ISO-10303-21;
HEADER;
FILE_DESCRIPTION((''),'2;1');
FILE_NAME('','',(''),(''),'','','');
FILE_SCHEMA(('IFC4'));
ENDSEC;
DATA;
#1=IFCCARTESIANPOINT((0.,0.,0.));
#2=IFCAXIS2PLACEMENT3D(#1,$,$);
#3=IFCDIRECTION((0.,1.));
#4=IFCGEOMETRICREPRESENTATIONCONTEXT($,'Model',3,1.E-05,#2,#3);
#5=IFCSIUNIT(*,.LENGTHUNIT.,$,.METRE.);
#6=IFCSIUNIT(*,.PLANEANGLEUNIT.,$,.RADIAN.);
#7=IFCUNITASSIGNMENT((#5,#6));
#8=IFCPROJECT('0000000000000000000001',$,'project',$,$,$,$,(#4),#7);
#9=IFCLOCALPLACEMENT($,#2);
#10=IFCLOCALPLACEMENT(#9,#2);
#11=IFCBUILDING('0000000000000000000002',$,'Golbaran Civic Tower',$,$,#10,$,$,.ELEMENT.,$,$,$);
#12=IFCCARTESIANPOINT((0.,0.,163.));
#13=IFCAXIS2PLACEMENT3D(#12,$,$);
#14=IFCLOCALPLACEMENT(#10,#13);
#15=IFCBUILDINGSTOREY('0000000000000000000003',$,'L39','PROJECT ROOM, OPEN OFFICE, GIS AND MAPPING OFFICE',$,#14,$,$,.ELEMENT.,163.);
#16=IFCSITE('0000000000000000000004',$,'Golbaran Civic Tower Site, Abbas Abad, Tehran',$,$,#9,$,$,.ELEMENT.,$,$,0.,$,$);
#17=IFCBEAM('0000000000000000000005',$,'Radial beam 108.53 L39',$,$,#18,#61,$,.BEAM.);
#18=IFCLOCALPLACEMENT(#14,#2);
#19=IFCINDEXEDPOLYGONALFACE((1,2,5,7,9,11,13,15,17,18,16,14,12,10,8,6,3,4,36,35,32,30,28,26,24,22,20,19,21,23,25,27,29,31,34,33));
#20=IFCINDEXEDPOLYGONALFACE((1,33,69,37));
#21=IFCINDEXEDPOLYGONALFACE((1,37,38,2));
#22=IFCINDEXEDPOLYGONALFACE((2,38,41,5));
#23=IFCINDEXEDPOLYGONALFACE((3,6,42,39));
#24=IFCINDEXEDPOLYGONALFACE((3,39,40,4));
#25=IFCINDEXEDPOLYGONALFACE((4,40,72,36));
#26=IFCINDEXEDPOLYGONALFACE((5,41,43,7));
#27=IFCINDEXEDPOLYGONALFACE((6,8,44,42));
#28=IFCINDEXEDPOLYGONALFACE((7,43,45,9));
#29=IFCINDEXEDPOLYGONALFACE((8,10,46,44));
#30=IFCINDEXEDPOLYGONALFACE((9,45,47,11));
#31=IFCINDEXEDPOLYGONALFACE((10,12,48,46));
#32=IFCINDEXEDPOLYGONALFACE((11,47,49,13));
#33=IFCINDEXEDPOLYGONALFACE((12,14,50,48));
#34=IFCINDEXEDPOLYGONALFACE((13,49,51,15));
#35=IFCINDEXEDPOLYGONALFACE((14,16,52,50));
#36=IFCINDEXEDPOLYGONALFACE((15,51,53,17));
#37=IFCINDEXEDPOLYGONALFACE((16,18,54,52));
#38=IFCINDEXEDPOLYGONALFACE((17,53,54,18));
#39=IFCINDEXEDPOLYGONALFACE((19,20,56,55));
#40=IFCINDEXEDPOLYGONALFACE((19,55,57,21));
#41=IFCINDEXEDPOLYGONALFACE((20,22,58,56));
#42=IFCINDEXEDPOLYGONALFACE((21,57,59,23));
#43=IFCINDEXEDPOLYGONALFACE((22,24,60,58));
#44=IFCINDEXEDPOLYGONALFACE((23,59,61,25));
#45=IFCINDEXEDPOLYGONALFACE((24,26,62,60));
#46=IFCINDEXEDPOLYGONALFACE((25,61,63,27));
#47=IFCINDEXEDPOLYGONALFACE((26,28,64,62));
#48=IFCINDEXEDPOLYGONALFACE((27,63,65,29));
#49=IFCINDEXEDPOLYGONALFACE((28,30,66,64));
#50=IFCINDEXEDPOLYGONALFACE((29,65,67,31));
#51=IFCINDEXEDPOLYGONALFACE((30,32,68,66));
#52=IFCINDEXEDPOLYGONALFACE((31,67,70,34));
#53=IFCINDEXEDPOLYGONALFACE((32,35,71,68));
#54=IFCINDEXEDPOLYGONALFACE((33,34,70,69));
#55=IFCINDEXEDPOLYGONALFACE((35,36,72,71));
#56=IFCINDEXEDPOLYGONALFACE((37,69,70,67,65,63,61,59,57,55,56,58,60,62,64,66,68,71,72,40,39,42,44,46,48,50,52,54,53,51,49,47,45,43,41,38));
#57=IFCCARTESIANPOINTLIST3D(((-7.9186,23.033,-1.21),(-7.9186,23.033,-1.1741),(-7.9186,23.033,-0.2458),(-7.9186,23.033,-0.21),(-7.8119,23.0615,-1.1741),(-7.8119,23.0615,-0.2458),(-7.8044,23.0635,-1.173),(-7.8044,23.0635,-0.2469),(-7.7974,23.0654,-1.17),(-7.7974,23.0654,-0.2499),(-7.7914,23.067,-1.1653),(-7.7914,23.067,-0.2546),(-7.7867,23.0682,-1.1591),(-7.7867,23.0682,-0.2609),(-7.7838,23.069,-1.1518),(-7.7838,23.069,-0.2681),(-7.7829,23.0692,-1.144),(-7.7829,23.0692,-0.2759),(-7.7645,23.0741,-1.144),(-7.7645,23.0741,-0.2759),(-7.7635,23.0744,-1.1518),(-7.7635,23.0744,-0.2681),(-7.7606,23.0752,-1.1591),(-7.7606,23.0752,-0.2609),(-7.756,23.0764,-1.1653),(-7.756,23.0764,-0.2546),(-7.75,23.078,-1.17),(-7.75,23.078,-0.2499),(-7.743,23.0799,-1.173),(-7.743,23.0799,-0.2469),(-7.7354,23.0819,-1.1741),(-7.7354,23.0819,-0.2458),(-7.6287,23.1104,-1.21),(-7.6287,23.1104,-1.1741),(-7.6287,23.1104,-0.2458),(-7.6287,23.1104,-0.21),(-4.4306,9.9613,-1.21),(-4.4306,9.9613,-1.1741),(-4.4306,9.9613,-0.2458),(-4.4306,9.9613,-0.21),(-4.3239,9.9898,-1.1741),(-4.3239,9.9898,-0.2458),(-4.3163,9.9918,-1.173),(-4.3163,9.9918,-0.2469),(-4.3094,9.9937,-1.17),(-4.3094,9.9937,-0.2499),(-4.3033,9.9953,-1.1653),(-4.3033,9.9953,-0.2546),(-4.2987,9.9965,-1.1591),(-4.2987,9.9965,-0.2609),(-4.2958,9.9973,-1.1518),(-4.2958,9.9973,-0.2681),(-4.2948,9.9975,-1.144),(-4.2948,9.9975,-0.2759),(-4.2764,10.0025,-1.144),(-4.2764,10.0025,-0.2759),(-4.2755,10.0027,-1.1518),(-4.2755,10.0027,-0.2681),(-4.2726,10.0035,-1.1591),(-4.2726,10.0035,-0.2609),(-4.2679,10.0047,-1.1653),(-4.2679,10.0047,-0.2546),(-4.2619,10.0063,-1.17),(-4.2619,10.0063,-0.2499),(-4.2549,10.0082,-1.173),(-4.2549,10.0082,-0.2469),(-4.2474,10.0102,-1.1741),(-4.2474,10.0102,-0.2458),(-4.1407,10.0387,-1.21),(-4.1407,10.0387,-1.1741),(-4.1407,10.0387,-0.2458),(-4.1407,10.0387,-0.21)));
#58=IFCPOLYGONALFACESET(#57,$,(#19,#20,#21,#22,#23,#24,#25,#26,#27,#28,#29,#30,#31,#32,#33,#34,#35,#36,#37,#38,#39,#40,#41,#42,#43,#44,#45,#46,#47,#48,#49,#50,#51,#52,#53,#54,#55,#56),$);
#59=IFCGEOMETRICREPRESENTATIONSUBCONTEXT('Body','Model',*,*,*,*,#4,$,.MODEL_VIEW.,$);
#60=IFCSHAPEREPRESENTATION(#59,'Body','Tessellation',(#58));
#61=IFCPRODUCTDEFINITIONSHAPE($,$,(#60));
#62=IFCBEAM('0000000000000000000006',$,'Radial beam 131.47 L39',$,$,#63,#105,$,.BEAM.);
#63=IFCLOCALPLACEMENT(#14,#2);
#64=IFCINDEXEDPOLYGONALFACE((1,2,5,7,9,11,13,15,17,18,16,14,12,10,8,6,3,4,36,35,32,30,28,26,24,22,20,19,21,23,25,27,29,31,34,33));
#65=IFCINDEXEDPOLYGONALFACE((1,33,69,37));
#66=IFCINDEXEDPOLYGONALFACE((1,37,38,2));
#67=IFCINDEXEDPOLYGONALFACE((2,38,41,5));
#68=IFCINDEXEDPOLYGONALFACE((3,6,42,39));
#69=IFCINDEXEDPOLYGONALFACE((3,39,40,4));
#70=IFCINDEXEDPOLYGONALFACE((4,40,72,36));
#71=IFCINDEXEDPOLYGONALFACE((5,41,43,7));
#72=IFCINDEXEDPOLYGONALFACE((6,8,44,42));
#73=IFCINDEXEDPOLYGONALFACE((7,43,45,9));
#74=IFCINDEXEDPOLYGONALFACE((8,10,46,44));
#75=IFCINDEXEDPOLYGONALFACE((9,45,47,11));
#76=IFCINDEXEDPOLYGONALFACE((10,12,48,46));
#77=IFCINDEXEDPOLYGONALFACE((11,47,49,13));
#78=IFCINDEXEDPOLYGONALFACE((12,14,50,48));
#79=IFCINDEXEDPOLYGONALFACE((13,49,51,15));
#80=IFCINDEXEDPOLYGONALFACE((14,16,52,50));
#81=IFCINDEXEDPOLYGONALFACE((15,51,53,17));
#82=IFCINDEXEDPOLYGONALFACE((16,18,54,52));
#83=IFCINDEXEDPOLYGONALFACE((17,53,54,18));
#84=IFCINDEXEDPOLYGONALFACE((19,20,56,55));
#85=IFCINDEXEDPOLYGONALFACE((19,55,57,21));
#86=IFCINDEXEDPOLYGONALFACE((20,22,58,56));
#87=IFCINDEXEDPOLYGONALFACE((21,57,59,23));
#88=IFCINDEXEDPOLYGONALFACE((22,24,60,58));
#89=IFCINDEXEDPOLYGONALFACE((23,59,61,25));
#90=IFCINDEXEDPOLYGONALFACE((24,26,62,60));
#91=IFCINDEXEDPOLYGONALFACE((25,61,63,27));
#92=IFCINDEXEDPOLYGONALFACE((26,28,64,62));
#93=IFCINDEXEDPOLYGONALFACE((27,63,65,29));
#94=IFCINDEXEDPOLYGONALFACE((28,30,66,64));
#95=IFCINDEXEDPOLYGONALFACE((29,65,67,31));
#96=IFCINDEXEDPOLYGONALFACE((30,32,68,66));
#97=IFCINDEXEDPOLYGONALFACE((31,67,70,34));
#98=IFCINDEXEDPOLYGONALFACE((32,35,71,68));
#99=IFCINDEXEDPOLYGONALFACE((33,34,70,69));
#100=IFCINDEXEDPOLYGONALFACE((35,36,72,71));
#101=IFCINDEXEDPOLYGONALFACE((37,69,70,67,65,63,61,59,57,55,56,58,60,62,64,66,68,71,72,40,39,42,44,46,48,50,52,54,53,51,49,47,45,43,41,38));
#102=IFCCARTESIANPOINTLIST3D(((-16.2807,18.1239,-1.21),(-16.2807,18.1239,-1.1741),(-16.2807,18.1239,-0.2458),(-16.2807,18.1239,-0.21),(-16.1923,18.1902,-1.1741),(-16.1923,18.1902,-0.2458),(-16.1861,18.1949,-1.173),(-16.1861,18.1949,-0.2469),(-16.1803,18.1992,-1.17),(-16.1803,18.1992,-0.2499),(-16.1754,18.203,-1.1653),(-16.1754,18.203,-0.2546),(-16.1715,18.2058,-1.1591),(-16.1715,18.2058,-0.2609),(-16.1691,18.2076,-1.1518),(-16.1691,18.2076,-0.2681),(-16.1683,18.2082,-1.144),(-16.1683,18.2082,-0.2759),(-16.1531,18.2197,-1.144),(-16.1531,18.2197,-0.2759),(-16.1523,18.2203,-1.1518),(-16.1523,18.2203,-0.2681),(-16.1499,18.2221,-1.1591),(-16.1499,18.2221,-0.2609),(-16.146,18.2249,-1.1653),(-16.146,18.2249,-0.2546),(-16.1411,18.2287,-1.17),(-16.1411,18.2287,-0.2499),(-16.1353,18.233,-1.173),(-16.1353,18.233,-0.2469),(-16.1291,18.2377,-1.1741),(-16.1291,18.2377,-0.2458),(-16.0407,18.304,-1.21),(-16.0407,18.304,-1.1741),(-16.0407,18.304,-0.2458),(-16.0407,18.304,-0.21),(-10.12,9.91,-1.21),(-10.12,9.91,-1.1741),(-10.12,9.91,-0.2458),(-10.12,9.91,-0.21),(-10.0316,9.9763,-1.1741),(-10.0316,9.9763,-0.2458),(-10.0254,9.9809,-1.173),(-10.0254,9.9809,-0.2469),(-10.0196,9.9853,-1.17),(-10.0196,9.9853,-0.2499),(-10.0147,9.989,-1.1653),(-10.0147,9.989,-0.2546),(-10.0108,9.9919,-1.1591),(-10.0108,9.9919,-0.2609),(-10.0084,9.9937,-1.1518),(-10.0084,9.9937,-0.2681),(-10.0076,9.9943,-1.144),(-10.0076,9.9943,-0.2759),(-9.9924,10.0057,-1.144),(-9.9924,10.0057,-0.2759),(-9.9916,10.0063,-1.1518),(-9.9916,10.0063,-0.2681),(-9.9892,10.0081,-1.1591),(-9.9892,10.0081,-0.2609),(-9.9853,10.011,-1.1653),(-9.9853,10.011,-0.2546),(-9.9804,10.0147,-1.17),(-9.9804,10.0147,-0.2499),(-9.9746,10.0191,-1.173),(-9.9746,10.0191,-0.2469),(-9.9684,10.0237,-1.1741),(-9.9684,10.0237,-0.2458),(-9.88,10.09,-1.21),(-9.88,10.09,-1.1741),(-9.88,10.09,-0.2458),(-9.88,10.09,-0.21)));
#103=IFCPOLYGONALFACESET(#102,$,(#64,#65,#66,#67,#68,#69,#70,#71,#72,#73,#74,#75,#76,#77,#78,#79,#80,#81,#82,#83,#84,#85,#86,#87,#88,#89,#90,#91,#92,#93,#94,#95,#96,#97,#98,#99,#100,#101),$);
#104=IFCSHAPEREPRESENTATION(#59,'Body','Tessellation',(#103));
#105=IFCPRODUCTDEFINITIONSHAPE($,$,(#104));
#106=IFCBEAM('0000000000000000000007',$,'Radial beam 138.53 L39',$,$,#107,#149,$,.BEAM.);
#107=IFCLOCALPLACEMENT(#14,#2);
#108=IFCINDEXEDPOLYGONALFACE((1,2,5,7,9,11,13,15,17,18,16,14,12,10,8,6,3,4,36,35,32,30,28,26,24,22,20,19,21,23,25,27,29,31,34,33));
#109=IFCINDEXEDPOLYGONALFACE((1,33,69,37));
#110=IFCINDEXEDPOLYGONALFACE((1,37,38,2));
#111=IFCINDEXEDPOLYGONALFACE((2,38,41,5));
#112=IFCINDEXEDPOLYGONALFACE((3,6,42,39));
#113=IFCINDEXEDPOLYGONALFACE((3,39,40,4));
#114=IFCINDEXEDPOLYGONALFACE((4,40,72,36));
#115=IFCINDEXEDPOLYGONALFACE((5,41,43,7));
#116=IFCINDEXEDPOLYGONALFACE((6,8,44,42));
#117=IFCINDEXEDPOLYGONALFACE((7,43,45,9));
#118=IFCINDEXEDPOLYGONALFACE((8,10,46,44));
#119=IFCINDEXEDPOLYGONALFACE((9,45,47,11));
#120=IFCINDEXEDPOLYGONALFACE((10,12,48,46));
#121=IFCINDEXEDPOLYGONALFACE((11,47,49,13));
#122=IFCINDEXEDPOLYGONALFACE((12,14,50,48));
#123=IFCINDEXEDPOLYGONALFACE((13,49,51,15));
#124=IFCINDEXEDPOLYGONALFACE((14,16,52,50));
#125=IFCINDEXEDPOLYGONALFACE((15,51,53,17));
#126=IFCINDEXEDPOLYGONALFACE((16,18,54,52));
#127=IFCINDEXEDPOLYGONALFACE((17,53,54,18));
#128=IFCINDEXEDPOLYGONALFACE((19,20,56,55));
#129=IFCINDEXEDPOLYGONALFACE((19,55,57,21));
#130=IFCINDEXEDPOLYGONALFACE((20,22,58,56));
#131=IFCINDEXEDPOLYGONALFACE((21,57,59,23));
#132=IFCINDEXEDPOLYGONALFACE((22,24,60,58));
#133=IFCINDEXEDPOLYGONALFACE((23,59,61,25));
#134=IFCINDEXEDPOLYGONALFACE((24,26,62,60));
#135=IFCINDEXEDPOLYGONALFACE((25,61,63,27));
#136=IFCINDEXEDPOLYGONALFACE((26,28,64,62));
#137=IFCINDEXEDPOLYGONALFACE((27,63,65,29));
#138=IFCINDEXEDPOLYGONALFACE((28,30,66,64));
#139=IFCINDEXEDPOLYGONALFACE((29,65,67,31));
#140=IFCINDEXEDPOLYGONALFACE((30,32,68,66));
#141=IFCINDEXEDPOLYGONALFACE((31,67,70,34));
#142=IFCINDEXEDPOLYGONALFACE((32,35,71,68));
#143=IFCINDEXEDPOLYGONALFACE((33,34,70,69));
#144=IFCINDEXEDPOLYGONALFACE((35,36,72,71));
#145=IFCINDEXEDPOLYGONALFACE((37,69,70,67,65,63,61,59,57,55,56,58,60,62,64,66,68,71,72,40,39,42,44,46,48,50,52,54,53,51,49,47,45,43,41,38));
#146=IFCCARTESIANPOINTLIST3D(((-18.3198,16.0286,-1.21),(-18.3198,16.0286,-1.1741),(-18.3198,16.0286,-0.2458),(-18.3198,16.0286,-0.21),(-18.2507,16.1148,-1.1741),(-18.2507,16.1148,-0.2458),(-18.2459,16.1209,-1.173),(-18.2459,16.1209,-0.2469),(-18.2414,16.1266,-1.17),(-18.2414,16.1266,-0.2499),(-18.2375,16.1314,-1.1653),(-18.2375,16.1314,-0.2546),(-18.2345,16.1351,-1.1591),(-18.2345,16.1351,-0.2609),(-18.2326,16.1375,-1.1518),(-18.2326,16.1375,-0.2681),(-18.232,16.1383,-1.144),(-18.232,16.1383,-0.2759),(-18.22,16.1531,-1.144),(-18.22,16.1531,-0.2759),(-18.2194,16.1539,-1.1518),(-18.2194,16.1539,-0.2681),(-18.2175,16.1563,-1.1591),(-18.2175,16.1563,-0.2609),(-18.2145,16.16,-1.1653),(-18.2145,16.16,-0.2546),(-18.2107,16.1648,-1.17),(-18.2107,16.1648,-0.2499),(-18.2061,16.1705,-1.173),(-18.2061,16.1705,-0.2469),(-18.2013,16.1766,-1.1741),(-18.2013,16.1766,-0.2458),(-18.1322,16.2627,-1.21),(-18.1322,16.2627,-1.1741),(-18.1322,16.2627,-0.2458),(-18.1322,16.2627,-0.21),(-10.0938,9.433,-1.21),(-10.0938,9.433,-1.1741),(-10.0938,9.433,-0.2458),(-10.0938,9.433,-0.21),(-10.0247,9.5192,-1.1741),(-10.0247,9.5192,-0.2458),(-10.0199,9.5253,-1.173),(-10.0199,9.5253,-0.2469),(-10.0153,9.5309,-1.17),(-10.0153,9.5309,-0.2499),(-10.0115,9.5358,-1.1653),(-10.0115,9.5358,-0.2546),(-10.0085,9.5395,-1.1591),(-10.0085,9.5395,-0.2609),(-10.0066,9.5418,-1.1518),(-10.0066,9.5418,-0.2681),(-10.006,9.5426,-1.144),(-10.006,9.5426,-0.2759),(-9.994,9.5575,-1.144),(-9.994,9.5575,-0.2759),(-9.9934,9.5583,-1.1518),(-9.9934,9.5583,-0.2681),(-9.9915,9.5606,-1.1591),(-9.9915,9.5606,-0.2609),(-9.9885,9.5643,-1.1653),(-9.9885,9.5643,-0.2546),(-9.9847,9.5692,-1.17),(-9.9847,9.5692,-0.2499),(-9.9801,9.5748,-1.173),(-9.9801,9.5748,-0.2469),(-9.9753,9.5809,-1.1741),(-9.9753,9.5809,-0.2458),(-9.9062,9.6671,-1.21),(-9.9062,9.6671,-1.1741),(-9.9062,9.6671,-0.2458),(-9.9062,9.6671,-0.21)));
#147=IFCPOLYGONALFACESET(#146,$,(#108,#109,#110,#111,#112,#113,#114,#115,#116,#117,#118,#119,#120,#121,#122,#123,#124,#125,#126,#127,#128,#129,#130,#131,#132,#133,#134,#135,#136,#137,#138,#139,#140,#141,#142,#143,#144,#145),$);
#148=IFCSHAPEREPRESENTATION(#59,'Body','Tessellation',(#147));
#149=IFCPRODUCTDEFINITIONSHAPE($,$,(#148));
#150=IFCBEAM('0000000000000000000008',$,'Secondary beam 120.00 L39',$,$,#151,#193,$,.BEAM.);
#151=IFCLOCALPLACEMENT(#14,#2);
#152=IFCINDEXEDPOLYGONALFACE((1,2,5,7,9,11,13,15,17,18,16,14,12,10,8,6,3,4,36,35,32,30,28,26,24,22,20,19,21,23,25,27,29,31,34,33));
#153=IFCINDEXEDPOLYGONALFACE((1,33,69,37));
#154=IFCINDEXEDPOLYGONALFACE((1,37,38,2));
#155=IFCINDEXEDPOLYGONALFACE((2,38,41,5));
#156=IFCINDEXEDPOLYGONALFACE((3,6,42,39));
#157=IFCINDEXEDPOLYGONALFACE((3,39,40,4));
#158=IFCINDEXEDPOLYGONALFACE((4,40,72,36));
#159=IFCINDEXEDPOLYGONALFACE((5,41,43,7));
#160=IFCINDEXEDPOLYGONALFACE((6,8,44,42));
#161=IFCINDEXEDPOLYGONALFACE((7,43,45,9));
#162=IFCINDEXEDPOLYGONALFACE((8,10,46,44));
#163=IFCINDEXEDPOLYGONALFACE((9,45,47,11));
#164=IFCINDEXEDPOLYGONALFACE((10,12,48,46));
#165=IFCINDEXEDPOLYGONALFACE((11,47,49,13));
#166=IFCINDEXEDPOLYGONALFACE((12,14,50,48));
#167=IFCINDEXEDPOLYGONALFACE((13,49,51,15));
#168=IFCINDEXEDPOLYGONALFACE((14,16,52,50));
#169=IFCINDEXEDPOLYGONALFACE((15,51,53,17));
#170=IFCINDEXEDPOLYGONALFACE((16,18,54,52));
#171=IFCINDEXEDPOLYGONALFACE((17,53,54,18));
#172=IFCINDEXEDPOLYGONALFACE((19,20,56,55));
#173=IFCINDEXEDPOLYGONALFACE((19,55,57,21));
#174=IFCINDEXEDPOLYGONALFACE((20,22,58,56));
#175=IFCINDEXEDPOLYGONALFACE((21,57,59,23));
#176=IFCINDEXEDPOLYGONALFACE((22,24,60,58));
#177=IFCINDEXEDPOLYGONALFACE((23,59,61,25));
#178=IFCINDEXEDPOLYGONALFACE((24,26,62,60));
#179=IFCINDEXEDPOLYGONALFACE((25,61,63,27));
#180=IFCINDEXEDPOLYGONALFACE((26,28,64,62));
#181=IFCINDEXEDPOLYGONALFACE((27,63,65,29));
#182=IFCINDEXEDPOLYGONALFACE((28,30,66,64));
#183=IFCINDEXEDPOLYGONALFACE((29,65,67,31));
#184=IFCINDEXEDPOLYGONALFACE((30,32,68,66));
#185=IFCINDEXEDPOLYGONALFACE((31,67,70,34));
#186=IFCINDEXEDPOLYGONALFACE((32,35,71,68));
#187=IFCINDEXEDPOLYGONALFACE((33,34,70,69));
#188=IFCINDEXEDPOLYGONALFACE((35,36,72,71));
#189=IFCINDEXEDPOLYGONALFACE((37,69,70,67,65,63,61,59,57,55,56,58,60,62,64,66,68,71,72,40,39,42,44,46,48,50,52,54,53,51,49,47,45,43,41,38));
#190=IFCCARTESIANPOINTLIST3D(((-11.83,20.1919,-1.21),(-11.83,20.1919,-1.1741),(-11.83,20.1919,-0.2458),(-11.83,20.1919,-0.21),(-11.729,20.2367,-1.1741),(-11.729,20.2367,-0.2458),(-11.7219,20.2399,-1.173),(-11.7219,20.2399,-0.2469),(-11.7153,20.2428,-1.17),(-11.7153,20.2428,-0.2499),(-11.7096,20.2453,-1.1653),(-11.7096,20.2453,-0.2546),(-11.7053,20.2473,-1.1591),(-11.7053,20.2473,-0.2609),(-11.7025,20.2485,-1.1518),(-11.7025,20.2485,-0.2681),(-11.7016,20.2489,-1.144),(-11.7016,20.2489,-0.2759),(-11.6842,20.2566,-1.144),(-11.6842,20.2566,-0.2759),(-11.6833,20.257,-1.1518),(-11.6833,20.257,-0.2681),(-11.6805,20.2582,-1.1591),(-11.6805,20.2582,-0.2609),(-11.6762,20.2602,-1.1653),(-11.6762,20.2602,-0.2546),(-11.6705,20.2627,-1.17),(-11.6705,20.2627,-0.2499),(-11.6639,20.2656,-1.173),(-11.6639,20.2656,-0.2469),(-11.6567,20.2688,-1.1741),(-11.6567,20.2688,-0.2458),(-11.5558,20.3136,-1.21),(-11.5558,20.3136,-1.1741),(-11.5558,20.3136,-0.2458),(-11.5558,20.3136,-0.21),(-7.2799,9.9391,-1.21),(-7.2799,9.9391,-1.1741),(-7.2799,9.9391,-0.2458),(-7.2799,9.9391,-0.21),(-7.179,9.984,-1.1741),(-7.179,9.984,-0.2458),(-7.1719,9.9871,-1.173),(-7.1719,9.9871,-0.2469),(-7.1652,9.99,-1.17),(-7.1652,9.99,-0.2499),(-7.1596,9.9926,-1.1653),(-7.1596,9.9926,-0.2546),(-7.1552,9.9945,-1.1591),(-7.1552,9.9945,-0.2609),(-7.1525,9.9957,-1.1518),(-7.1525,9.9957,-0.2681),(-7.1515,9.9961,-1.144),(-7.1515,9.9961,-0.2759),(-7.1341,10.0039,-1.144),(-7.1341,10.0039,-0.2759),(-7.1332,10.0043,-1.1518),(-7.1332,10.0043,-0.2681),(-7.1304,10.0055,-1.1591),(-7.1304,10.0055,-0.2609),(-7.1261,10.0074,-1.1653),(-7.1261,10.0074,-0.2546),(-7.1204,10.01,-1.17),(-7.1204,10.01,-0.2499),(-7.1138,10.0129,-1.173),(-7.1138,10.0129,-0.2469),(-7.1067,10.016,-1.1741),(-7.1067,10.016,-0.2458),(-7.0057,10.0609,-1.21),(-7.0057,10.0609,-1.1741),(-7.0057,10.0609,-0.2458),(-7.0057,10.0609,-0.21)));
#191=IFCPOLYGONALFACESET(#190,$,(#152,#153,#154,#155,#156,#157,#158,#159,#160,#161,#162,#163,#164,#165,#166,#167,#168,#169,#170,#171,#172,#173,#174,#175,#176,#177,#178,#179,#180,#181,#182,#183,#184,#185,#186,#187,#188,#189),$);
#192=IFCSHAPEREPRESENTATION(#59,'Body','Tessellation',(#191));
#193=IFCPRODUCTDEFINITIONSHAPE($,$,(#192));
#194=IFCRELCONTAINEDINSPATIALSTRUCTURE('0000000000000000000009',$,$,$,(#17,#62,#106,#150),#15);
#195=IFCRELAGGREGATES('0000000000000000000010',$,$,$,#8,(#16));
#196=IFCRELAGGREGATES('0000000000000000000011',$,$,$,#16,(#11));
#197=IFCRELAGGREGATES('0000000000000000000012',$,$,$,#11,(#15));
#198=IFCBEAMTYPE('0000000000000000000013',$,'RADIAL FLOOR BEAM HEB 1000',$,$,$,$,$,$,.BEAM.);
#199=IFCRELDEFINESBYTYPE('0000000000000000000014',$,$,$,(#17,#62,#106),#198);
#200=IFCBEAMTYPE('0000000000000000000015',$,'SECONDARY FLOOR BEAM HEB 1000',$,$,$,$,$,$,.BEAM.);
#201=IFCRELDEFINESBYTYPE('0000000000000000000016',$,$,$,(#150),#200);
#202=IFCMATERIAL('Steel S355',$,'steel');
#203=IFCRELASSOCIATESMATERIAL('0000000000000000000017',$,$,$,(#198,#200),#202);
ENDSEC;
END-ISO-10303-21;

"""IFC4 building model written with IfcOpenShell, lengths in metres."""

from ifc_helpers import new_model, si_unit, direction, frame, origin, origin_2d, place, context, subcontext, project, spatial, i_section, extrude, material, material_profile, profile_set, type_object, element, save


model = new_model("IFC4")

# Units and contexts
model_context = context("Model", 3, precision=1e-05, world=origin(), true_north=direction((0.0, 1.0)))
body_context = subcontext(model_context, "Body", "Model", "MODEL_VIEW")
ifc_project = project(units=[si_unit("LENGTHUNIT", "METRE"), si_unit("PLANEANGLEUNIT", "RADIAN")], contexts=[model_context])

# Site, building, storey
site_placement = place(None, origin())
site = spatial("IfcSite", under=ifc_project, at=site_placement, Name="Golbaran Civic Tower Site, Abbas Abad, Tehran", CompositionType="ELEMENT", RefElevation=0.0)
building_placement = place(site_placement, origin())
building = spatial("IfcBuilding", under=site, at=building_placement, Name="Golbaran Civic Tower", CompositionType="ELEMENT")
storey_placement = place(building_placement, frame((0.0, 0.0, 163.0)))
storey = spatial("IfcBuildingStorey", under=building, at=storey_placement, Name="L39", Description="PROJECT ROOM, OPEN OFFICE, GIS AND MAPPING OFFICE", CompositionType="ELEMENT", Elevation=163.0)

# Beams
ifc_material_1 = material(Name="Steel S355", Category="steel")
ifc_material_profile_1 = material_profile(ifc_material_1, i_section(OverallWidth=0.3, OverallDepth=1.0, WebThickness=0.019, FlangeThickness=0.0359, FilletRadius=0.03, at=origin_2d()), Name="HEB 1000")
ifc_profile_set_1 = profile_set([ifc_material_profile_1], Name="Steel S355")
beam_type_1 = type_object("IfcBeamType", Name="RADIAL FLOOR BEAM HEB 1000", PredefinedType="BEAM", material=ifc_profile_set_1)
beam_1_placement = place(storey_placement, frame((-4.2856, 10.0, -0.71), z_axis=(-0.257817, 0.966194, 0.0), x_axis=(-0.966194, -0.257817, 0.0)))
element("IfcBeam", 1, at=beam_1_placement, inside=storey, type_object=beam_type_1, Name="Radial beam 108.53 L39", PredefinedType="BEAM", context=body_context, shape_type="SweptSolid", body=[
    extrude(i_section(OverallWidth=0.3, OverallDepth=1.0, WebThickness=0.019, FlangeThickness=0.0359, FilletRadius=0.03, at=origin_2d()), origin(), (0.0, 0.0, 1.0), 13.5291),
])
beam_2_placement = place(storey_placement, frame((-10.0, 10.0, -0.71), z_axis=(-0.600015, 0.799989, 0.0), x_axis=(-0.799989, -0.600015, 0.0)))
element("IfcBeam", 2, at=beam_2_placement, inside=storey, type_object=beam_type_1, Name="Radial beam 131.47 L39", PredefinedType="BEAM", context=body_context, shape_type="SweptSolid", body=[
    extrude(i_section(OverallWidth=0.3, OverallDepth=1.0, WebThickness=0.019, FlangeThickness=0.0359, FilletRadius=0.03, at=origin_2d()), origin(), (0.0, 0.0, 1.0), 10.2676),
])
beam_3_placement = place(storey_placement, frame((-10.0, 9.55, -0.71), z_axis=(-0.780182, 0.625553, 0.0), x_axis=(-0.625553, -0.780182, 0.0)))
element("IfcBeam", 3, at=beam_3_placement, inside=storey, type_object=beam_type_1, Name="Radial beam 138.53 L39", PredefinedType="BEAM", context=body_context, shape_type="SweptSolid", body=[
    extrude(i_section(OverallWidth=0.3, OverallDepth=1.0, WebThickness=0.019, FlangeThickness=0.0359, FilletRadius=0.03, at=origin_2d()), origin(), (0.0, 0.0, 1.0), 10.5437),
])
ifc_material_profile_2 = material_profile(ifc_material_1, i_section(OverallWidth=0.3, OverallDepth=1.0, WebThickness=0.019, FlangeThickness=0.0359, FilletRadius=0.03, at=origin_2d()), Name="HEB 1000")
ifc_profile_set_2 = profile_set([ifc_material_profile_2], Name="Steel S355")
beam_type_2 = type_object("IfcBeamType", Name="SECONDARY FLOOR BEAM HEB 1000", PredefinedType="BEAM", material=ifc_profile_set_2)
beam_4_placement = place(storey_placement, frame((-7.1428, 10.0, -0.71), z_axis=(-0.40564, 0.914033, 0.0), x_axis=(-0.914033, -0.40564, 0.0)))
element("IfcBeam", 4, at=beam_4_placement, inside=storey, type_object=beam_type_2, Name="Secondary beam 120.00 L39", PredefinedType="BEAM", context=body_context, shape_type="SweptSolid", body=[
    extrude(i_section(OverallWidth=0.3, OverallDepth=1.0, WebThickness=0.019, FlangeThickness=0.0359, FilletRadius=0.03, at=origin_2d()), origin(), (0.0, 0.0, 1.0), 11.217),
])

save(model, "model.ifc")
